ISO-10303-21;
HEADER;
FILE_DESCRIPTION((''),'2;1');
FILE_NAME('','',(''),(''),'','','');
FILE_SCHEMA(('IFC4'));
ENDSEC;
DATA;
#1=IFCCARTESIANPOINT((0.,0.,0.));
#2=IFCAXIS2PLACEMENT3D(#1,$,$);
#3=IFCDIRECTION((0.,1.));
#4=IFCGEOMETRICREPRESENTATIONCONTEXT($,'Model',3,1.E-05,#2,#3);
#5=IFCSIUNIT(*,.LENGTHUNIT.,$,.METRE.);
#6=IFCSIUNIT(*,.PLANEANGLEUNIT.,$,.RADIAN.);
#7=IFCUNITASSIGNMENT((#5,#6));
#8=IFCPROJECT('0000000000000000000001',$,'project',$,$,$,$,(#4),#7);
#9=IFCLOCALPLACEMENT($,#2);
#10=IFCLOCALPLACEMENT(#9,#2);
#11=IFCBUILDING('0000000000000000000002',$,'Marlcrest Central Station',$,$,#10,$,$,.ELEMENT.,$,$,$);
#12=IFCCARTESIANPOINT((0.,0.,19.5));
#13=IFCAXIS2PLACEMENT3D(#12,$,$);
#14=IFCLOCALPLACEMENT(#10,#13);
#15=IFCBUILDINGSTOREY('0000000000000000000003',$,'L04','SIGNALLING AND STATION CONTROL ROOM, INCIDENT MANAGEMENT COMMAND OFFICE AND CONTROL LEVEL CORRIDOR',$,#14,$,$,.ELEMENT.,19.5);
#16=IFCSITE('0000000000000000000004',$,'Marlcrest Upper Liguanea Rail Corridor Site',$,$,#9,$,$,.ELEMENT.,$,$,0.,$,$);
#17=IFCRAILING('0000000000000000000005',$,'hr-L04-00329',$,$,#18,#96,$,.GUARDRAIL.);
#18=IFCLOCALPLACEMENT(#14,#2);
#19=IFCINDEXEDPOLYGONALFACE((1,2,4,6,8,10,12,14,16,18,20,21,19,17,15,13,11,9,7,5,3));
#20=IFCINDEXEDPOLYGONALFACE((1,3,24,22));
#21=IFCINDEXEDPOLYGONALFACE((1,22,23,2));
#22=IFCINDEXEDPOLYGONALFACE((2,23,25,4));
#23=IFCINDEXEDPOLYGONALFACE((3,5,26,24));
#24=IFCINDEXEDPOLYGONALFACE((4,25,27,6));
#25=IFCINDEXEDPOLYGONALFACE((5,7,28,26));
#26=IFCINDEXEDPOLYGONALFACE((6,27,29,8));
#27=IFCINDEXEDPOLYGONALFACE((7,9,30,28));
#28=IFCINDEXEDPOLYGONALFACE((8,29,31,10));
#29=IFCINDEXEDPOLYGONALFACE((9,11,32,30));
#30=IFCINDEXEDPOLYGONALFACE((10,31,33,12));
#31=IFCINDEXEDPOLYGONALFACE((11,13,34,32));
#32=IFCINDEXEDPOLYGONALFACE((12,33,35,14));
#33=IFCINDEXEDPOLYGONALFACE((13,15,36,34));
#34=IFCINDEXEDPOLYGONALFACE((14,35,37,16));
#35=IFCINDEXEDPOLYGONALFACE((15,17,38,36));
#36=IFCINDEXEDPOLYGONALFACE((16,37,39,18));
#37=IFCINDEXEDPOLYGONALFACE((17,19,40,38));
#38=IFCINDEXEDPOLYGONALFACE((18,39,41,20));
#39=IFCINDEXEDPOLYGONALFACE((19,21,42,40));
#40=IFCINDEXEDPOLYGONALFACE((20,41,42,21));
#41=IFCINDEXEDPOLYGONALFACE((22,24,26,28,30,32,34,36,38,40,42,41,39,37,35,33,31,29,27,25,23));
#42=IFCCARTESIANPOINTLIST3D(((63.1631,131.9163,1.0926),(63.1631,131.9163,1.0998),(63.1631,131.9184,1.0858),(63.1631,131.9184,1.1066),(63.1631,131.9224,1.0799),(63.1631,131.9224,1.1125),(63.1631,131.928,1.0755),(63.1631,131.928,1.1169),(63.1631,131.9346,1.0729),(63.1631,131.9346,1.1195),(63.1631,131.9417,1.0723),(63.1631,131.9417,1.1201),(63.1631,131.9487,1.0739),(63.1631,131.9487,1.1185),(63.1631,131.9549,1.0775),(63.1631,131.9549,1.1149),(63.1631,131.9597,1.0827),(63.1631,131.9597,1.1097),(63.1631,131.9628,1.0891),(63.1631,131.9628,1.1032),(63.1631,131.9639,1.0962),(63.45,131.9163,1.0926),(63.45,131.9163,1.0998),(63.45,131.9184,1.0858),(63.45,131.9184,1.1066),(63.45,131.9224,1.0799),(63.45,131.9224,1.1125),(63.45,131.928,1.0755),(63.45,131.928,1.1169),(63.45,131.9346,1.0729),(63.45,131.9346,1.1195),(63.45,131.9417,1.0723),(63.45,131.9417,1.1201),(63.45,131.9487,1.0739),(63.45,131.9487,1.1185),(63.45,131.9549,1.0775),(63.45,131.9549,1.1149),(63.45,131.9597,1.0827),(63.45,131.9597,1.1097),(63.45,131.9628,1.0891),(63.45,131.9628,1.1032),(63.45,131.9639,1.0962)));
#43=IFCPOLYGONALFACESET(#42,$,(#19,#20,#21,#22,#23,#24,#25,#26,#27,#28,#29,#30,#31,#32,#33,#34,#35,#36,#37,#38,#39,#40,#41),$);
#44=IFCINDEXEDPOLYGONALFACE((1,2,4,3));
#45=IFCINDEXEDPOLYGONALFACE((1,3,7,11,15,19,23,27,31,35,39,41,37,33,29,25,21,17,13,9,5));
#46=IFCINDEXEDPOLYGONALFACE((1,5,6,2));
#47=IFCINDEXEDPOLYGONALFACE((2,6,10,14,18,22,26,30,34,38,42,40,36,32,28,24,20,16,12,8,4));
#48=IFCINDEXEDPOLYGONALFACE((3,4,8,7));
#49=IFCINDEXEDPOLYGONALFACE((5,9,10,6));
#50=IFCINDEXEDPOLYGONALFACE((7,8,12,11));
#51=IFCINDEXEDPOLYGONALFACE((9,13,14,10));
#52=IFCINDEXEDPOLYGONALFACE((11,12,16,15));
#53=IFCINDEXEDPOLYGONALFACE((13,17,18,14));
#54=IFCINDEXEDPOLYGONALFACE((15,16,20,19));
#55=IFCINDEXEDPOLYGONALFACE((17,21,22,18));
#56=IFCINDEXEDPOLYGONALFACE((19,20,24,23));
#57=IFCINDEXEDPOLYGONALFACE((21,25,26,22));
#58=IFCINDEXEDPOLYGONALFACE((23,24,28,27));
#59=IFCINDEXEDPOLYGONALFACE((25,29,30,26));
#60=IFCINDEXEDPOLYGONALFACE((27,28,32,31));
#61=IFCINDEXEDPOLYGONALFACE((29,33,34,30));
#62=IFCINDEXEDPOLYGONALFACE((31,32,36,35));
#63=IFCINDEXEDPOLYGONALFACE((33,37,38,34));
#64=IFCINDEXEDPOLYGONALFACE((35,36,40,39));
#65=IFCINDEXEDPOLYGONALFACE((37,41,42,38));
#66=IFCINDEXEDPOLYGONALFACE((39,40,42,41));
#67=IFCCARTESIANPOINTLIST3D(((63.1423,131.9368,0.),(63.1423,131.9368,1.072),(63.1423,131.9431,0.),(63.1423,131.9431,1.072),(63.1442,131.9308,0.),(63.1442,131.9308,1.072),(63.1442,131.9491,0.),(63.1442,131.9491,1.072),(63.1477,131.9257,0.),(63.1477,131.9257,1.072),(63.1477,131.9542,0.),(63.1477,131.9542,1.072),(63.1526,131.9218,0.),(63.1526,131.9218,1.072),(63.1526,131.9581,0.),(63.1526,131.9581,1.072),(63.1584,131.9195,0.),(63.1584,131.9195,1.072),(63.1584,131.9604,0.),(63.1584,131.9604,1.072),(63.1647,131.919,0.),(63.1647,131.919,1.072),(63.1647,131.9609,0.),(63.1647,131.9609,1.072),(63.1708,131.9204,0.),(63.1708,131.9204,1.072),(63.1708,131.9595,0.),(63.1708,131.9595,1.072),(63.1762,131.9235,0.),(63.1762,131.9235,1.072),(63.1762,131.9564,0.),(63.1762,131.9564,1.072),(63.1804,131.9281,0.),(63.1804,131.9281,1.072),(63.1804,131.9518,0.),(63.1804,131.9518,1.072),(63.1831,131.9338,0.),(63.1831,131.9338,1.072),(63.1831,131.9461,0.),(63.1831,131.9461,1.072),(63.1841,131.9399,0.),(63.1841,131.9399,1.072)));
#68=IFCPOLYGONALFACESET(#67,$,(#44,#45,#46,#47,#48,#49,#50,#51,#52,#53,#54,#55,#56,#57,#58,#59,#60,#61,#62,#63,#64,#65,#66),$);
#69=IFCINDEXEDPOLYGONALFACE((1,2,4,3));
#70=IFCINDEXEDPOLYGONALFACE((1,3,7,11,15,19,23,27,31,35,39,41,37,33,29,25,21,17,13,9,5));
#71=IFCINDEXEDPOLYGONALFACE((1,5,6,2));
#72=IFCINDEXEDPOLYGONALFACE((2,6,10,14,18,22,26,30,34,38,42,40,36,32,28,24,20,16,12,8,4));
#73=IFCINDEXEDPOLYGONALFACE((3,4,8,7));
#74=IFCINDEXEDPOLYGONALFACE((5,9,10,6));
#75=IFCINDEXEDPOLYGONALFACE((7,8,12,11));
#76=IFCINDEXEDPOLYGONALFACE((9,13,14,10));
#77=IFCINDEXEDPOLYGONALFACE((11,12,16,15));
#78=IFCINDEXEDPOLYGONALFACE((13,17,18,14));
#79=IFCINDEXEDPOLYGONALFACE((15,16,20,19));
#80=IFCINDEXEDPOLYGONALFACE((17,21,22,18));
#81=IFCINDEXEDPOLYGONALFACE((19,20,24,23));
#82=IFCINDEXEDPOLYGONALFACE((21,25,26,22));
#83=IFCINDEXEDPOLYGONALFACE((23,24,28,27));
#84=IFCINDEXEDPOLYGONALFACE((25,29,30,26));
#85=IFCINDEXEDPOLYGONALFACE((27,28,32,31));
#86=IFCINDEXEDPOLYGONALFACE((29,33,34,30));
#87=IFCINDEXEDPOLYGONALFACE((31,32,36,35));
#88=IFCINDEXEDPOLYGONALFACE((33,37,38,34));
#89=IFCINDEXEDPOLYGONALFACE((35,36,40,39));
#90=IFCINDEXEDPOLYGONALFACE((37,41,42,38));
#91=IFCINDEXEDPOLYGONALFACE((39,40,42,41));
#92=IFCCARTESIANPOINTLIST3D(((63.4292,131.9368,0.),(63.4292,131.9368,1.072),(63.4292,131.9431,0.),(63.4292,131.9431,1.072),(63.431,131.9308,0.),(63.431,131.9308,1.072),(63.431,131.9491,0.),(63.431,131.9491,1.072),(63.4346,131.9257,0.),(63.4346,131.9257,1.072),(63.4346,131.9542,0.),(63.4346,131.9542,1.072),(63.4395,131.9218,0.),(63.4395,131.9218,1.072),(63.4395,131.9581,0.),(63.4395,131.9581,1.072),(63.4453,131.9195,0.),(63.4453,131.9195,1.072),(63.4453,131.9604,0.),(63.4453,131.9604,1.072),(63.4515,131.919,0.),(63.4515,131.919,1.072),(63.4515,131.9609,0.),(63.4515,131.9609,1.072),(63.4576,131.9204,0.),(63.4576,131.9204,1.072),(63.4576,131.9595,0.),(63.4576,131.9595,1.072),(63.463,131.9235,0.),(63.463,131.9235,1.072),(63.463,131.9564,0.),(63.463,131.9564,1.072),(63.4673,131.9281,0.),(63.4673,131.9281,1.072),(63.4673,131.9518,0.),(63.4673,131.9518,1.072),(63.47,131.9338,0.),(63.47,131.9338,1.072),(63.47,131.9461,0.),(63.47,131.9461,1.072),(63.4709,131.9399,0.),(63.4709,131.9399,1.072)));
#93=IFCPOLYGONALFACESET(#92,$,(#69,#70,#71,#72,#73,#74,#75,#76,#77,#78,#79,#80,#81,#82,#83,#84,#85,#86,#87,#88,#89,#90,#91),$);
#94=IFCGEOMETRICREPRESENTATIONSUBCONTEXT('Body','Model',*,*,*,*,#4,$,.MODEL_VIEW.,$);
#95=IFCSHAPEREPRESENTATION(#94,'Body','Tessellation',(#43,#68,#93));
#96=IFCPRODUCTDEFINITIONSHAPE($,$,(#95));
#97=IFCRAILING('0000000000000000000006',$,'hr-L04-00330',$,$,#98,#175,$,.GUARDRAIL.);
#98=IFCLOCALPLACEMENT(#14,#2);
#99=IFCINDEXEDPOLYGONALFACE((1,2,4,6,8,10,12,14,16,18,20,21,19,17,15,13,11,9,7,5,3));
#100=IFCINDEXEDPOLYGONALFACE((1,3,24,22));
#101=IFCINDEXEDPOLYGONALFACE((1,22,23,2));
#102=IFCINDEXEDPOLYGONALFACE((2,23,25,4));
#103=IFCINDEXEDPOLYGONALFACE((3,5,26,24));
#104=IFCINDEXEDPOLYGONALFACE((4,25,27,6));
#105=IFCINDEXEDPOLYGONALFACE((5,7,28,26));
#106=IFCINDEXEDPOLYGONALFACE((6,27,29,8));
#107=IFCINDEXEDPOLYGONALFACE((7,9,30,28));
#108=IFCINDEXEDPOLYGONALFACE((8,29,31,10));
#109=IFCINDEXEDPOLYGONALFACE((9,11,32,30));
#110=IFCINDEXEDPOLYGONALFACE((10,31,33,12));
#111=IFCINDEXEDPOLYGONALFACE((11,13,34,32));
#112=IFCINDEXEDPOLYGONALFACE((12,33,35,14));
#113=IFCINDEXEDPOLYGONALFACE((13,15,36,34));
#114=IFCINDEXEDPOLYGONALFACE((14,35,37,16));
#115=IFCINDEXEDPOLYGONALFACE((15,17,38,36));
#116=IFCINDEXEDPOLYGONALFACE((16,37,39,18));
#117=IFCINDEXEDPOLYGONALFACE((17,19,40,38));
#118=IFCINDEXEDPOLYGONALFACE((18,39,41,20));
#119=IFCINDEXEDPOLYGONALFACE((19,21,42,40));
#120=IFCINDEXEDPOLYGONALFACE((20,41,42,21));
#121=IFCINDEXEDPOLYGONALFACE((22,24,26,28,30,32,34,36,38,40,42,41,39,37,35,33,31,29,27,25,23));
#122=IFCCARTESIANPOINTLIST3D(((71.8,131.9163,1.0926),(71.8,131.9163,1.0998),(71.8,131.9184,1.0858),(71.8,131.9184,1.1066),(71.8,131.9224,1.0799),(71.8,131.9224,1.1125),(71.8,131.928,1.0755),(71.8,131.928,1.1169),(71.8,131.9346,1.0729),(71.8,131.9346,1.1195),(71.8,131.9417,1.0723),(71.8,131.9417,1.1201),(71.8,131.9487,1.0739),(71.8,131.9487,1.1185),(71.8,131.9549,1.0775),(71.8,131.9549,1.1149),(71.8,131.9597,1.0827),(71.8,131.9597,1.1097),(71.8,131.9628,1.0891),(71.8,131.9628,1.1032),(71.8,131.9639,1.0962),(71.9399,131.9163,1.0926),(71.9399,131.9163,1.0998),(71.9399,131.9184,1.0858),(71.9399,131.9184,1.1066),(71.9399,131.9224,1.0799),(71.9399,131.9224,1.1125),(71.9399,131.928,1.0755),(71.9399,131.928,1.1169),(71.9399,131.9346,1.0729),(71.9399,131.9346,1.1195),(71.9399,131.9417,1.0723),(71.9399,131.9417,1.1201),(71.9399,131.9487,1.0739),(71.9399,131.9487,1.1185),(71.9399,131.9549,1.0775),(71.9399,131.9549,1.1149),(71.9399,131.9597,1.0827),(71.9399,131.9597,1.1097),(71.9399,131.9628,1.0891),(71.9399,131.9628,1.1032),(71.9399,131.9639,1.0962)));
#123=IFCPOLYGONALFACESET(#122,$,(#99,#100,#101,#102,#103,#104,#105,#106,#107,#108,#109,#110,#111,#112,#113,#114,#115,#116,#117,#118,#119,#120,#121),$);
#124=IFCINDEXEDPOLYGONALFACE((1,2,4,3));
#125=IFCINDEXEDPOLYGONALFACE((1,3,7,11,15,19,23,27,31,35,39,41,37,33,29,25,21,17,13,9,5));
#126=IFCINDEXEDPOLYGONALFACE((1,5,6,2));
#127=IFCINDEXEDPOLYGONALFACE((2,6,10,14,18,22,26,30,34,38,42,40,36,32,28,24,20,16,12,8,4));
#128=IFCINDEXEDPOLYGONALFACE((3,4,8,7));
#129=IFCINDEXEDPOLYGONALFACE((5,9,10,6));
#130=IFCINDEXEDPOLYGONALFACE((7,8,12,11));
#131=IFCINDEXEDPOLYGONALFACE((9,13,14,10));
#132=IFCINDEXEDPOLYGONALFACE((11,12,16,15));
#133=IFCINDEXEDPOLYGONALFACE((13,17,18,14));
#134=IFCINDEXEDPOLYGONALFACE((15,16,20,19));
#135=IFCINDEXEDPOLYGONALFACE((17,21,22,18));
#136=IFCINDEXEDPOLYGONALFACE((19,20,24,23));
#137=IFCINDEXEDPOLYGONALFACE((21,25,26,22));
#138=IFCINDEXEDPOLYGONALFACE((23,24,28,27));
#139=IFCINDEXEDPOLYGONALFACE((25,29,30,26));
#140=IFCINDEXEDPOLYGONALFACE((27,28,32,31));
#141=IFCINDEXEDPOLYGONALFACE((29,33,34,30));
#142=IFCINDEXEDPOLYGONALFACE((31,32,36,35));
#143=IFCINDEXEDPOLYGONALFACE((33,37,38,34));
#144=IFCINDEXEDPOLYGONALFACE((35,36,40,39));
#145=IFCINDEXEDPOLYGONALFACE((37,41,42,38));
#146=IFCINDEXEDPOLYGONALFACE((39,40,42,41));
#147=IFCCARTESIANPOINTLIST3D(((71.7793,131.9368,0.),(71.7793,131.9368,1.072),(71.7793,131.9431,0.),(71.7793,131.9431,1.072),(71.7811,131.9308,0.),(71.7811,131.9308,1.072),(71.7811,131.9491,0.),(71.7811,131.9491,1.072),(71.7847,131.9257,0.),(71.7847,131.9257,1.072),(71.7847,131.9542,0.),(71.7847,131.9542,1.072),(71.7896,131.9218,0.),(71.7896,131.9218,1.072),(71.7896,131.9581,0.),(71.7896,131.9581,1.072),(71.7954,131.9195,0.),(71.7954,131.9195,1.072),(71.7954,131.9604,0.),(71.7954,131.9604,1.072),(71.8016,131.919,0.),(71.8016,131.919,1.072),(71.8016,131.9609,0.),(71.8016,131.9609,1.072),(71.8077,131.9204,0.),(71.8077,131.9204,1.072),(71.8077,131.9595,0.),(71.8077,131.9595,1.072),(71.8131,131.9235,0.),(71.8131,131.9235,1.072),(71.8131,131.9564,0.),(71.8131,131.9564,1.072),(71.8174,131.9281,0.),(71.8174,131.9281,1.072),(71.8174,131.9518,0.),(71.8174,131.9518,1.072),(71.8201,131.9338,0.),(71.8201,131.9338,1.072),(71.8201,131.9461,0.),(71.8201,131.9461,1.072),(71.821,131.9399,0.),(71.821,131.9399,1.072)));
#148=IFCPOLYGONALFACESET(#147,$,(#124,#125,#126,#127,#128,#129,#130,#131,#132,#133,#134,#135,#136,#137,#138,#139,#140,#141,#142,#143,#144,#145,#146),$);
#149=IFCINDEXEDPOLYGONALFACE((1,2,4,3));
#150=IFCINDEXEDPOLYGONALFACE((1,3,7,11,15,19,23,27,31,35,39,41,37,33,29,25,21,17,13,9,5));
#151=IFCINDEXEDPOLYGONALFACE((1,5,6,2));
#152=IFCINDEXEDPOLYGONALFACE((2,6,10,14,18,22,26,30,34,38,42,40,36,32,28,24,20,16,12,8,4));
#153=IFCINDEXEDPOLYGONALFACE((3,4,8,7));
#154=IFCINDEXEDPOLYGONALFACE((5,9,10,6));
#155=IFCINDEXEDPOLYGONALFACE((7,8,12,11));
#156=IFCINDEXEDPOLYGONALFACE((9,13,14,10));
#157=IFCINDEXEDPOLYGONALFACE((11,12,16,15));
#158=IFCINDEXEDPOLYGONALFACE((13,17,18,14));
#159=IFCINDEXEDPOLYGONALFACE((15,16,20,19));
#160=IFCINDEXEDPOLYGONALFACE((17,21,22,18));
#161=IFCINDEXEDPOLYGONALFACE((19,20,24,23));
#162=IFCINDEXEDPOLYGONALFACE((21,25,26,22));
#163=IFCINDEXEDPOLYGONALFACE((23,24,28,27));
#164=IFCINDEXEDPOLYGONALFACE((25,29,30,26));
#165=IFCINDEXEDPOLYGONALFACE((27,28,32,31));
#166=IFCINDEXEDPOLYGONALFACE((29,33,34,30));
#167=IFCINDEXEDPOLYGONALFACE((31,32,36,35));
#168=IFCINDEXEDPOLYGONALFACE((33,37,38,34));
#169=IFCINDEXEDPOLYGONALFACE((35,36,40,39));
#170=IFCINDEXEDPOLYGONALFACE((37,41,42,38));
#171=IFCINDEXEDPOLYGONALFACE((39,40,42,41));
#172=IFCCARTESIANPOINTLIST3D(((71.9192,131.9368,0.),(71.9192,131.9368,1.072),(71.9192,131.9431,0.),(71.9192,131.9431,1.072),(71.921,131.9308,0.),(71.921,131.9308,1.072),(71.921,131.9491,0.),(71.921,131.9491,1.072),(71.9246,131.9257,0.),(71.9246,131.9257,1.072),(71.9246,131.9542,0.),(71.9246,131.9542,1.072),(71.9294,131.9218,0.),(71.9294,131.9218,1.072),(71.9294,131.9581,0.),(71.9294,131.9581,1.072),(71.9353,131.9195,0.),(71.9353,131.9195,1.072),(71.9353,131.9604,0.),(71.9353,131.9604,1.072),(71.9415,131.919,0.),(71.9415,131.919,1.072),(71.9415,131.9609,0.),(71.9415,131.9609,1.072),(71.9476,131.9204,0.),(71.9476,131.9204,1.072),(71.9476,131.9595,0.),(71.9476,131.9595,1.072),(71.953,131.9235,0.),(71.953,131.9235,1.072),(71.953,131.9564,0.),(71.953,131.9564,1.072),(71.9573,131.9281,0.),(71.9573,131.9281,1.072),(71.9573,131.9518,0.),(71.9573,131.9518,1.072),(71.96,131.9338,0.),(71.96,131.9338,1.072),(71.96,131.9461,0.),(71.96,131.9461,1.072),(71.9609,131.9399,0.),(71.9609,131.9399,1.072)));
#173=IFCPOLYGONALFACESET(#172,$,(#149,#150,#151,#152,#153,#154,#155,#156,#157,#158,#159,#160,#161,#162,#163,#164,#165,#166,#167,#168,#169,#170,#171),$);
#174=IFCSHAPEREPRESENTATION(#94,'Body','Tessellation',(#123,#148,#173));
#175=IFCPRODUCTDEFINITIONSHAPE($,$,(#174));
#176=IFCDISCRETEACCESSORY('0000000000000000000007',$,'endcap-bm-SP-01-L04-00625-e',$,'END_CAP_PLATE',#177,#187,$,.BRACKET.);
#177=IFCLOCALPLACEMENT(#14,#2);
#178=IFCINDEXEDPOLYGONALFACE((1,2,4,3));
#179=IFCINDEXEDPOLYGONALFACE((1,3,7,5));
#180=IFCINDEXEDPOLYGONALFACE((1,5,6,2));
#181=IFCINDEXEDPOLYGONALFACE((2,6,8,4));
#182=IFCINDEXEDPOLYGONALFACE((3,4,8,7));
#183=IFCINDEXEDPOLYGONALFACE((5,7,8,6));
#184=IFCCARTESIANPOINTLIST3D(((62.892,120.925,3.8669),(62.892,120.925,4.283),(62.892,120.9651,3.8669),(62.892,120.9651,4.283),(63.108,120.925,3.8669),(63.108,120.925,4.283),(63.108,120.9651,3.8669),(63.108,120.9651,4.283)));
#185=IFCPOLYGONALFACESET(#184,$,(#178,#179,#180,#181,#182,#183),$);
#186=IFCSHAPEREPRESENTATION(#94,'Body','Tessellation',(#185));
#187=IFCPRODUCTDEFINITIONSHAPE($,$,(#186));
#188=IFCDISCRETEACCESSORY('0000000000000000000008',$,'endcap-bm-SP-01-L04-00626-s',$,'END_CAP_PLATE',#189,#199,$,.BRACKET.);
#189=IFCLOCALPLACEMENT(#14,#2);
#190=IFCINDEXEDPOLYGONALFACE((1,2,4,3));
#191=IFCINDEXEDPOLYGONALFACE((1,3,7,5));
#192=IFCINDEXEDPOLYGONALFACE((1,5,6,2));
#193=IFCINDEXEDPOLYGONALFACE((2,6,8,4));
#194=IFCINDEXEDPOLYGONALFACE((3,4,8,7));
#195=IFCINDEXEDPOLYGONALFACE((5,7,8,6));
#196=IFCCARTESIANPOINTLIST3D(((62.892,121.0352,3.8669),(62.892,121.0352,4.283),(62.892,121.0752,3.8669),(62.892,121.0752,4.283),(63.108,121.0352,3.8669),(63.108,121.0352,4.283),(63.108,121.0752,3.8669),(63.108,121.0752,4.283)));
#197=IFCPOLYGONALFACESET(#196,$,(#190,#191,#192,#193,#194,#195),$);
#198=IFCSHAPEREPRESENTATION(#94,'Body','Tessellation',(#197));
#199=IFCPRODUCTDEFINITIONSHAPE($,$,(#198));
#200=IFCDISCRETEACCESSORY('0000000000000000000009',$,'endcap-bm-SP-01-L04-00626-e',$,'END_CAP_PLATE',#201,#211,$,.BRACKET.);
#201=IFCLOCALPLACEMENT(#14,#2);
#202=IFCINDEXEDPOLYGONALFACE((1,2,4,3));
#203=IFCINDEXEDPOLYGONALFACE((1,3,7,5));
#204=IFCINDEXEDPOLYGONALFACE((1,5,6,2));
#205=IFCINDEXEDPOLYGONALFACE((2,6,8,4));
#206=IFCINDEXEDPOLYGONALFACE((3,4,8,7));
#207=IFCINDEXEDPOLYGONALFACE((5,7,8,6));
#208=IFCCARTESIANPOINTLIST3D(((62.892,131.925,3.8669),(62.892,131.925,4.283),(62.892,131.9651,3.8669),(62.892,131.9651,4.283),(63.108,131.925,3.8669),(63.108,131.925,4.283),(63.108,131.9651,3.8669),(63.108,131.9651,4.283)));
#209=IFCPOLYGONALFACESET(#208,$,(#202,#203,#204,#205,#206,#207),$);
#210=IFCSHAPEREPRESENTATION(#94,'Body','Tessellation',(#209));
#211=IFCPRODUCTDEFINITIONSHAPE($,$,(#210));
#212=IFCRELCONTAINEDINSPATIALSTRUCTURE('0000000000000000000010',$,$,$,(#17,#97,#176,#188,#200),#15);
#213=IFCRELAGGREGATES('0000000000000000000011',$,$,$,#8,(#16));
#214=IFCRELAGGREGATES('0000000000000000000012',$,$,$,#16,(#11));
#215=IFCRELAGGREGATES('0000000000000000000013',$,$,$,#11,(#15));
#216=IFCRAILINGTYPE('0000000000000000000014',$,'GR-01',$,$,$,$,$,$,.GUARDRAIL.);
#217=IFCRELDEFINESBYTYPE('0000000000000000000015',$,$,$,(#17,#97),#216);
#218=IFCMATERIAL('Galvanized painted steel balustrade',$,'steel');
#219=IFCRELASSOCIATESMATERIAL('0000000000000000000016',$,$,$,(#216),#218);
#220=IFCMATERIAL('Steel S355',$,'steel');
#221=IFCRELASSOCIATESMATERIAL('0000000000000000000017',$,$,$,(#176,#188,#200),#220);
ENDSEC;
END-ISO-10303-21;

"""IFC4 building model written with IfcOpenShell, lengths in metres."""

from ifc_helpers import new_model, si_unit, direction, frame, origin, origin_2d, place, context, subcontext, project, spatial, rectangle, circle, extrude, material, type_object, element, save


model = new_model("IFC4")

# Units and contexts
model_context = context("Model", 3, precision=1e-05, world=origin(), true_north=direction((0.0, 1.0)))
body_context = subcontext(model_context, "Body", "Model", "MODEL_VIEW")
ifc_project = project(units=[si_unit("LENGTHUNIT", "METRE"), si_unit("PLANEANGLEUNIT", "RADIAN")], contexts=[model_context])

# Site, building, storey
site_placement = place(None, origin())
site = spatial("IfcSite", under=ifc_project, at=site_placement, Name="Marlcrest Upper Liguanea Rail Corridor Site", CompositionType="ELEMENT", RefElevation=0.0)
building_placement = place(site_placement, origin())
building = spatial("IfcBuilding", under=site, at=building_placement, Name="Marlcrest Central Station", CompositionType="ELEMENT")
storey_placement = place(building_placement, frame((0.0, 0.0, 19.5)))
storey = spatial("IfcBuildingStorey", under=building, at=storey_placement, Name="L04", Description="SIGNALLING AND STATION CONTROL ROOM, INCIDENT MANAGEMENT COMMAND OFFICE AND CONTROL LEVEL CORRIDOR", CompositionType="ELEMENT", Elevation=19.5)

# Shared definitions
ifc_material_1 = material(Name="Steel S355", Category="steel")

# Railings
ifc_material_2 = material(Name="Galvanized painted steel balustrade", Category="steel")
railing_type = type_object("IfcRailingType", Name="GR-01", PredefinedType="GUARDRAIL", material=ifc_material_2)
railing_1_placement = place(storey_placement, frame((63.1631, 131.9399, 0.0)))
element("IfcRailing", 1, at=railing_1_placement, inside=storey, type_object=railing_type, Name="hr-L04-00329", PredefinedType="GUARDRAIL", context=body_context, shape_type="SweptSolid", body=[
    extrude(circle(Radius=0.0239, at=origin_2d()), frame((0.0, 0.0, 1.0962), z_axis=(1.0, 0.0, 0.0), x_axis=(0.0, 1.0, 0.0)), (0.0, 0.0, 1.0), 0.2869),
    extrude(circle(Radius=0.021, at=origin_2d()), origin(), (0.0, 0.0, 1.0), 1.072),
    extrude(circle(Radius=0.021, at=origin_2d()), frame((0.2869, 0.0, 0.0)), (0.0, 0.0, 1.0), 1.072),
])
railing_2_placement = place(storey_placement, frame((71.8, 131.9399, 0.0)))
element("IfcRailing", 2, at=railing_2_placement, inside=storey, type_object=railing_type, Name="hr-L04-00330", PredefinedType="GUARDRAIL", context=body_context, shape_type="SweptSolid", body=[
    extrude(circle(Radius=0.0239, at=origin_2d()), frame((0.0, 0.0, 1.0962), z_axis=(1.0, 0.0, 0.0), x_axis=(0.0, 1.0, 0.0)), (0.0, 0.0, 1.0), 0.1399),
    extrude(circle(Radius=0.021, at=origin_2d()), origin(), (0.0, 0.0, 1.0), 1.072),
    extrude(circle(Radius=0.021, at=origin_2d()), frame((0.1399, 0.0, 0.0)), (0.0, 0.0, 1.0), 1.072),
])

# Discrete accessories
for number, where, z_axis, x_axis, name in (
    (3, (63.0, 120.925, 4.075), (0.0, 1.0, 0.0), (-1.0, 0.0, 0.0), "endcap-bm-SP-01-L04-00625-e"),
    (4, (63.0, 121.0352, 4.075), (0.0, 1.0, 0.0), (-1.0, 0.0, 0.0), "endcap-bm-SP-01-L04-00626-s"),
    (5, (63.0, 131.925, 4.075), (0.0, 1.0, 0.0), (-1.0, 0.0, 0.0), "endcap-bm-SP-01-L04-00626-e"),
):
    element("IfcDiscreteAccessory", number, at=place(storey_placement, frame(where, z_axis=z_axis, x_axis=x_axis)), inside=storey, material=ifc_material_1, Name=name, ObjectType="END_CAP_PLATE", PredefinedType="BRACKET", context=body_context, shape_type="SweptSolid", body=[
        extrude(rectangle(XDim=0.2161, YDim=0.416, at=origin_2d()), origin(), (0.0, 0.0, 1.0), 0.04),
    ])

save(model, "model.ifc")
